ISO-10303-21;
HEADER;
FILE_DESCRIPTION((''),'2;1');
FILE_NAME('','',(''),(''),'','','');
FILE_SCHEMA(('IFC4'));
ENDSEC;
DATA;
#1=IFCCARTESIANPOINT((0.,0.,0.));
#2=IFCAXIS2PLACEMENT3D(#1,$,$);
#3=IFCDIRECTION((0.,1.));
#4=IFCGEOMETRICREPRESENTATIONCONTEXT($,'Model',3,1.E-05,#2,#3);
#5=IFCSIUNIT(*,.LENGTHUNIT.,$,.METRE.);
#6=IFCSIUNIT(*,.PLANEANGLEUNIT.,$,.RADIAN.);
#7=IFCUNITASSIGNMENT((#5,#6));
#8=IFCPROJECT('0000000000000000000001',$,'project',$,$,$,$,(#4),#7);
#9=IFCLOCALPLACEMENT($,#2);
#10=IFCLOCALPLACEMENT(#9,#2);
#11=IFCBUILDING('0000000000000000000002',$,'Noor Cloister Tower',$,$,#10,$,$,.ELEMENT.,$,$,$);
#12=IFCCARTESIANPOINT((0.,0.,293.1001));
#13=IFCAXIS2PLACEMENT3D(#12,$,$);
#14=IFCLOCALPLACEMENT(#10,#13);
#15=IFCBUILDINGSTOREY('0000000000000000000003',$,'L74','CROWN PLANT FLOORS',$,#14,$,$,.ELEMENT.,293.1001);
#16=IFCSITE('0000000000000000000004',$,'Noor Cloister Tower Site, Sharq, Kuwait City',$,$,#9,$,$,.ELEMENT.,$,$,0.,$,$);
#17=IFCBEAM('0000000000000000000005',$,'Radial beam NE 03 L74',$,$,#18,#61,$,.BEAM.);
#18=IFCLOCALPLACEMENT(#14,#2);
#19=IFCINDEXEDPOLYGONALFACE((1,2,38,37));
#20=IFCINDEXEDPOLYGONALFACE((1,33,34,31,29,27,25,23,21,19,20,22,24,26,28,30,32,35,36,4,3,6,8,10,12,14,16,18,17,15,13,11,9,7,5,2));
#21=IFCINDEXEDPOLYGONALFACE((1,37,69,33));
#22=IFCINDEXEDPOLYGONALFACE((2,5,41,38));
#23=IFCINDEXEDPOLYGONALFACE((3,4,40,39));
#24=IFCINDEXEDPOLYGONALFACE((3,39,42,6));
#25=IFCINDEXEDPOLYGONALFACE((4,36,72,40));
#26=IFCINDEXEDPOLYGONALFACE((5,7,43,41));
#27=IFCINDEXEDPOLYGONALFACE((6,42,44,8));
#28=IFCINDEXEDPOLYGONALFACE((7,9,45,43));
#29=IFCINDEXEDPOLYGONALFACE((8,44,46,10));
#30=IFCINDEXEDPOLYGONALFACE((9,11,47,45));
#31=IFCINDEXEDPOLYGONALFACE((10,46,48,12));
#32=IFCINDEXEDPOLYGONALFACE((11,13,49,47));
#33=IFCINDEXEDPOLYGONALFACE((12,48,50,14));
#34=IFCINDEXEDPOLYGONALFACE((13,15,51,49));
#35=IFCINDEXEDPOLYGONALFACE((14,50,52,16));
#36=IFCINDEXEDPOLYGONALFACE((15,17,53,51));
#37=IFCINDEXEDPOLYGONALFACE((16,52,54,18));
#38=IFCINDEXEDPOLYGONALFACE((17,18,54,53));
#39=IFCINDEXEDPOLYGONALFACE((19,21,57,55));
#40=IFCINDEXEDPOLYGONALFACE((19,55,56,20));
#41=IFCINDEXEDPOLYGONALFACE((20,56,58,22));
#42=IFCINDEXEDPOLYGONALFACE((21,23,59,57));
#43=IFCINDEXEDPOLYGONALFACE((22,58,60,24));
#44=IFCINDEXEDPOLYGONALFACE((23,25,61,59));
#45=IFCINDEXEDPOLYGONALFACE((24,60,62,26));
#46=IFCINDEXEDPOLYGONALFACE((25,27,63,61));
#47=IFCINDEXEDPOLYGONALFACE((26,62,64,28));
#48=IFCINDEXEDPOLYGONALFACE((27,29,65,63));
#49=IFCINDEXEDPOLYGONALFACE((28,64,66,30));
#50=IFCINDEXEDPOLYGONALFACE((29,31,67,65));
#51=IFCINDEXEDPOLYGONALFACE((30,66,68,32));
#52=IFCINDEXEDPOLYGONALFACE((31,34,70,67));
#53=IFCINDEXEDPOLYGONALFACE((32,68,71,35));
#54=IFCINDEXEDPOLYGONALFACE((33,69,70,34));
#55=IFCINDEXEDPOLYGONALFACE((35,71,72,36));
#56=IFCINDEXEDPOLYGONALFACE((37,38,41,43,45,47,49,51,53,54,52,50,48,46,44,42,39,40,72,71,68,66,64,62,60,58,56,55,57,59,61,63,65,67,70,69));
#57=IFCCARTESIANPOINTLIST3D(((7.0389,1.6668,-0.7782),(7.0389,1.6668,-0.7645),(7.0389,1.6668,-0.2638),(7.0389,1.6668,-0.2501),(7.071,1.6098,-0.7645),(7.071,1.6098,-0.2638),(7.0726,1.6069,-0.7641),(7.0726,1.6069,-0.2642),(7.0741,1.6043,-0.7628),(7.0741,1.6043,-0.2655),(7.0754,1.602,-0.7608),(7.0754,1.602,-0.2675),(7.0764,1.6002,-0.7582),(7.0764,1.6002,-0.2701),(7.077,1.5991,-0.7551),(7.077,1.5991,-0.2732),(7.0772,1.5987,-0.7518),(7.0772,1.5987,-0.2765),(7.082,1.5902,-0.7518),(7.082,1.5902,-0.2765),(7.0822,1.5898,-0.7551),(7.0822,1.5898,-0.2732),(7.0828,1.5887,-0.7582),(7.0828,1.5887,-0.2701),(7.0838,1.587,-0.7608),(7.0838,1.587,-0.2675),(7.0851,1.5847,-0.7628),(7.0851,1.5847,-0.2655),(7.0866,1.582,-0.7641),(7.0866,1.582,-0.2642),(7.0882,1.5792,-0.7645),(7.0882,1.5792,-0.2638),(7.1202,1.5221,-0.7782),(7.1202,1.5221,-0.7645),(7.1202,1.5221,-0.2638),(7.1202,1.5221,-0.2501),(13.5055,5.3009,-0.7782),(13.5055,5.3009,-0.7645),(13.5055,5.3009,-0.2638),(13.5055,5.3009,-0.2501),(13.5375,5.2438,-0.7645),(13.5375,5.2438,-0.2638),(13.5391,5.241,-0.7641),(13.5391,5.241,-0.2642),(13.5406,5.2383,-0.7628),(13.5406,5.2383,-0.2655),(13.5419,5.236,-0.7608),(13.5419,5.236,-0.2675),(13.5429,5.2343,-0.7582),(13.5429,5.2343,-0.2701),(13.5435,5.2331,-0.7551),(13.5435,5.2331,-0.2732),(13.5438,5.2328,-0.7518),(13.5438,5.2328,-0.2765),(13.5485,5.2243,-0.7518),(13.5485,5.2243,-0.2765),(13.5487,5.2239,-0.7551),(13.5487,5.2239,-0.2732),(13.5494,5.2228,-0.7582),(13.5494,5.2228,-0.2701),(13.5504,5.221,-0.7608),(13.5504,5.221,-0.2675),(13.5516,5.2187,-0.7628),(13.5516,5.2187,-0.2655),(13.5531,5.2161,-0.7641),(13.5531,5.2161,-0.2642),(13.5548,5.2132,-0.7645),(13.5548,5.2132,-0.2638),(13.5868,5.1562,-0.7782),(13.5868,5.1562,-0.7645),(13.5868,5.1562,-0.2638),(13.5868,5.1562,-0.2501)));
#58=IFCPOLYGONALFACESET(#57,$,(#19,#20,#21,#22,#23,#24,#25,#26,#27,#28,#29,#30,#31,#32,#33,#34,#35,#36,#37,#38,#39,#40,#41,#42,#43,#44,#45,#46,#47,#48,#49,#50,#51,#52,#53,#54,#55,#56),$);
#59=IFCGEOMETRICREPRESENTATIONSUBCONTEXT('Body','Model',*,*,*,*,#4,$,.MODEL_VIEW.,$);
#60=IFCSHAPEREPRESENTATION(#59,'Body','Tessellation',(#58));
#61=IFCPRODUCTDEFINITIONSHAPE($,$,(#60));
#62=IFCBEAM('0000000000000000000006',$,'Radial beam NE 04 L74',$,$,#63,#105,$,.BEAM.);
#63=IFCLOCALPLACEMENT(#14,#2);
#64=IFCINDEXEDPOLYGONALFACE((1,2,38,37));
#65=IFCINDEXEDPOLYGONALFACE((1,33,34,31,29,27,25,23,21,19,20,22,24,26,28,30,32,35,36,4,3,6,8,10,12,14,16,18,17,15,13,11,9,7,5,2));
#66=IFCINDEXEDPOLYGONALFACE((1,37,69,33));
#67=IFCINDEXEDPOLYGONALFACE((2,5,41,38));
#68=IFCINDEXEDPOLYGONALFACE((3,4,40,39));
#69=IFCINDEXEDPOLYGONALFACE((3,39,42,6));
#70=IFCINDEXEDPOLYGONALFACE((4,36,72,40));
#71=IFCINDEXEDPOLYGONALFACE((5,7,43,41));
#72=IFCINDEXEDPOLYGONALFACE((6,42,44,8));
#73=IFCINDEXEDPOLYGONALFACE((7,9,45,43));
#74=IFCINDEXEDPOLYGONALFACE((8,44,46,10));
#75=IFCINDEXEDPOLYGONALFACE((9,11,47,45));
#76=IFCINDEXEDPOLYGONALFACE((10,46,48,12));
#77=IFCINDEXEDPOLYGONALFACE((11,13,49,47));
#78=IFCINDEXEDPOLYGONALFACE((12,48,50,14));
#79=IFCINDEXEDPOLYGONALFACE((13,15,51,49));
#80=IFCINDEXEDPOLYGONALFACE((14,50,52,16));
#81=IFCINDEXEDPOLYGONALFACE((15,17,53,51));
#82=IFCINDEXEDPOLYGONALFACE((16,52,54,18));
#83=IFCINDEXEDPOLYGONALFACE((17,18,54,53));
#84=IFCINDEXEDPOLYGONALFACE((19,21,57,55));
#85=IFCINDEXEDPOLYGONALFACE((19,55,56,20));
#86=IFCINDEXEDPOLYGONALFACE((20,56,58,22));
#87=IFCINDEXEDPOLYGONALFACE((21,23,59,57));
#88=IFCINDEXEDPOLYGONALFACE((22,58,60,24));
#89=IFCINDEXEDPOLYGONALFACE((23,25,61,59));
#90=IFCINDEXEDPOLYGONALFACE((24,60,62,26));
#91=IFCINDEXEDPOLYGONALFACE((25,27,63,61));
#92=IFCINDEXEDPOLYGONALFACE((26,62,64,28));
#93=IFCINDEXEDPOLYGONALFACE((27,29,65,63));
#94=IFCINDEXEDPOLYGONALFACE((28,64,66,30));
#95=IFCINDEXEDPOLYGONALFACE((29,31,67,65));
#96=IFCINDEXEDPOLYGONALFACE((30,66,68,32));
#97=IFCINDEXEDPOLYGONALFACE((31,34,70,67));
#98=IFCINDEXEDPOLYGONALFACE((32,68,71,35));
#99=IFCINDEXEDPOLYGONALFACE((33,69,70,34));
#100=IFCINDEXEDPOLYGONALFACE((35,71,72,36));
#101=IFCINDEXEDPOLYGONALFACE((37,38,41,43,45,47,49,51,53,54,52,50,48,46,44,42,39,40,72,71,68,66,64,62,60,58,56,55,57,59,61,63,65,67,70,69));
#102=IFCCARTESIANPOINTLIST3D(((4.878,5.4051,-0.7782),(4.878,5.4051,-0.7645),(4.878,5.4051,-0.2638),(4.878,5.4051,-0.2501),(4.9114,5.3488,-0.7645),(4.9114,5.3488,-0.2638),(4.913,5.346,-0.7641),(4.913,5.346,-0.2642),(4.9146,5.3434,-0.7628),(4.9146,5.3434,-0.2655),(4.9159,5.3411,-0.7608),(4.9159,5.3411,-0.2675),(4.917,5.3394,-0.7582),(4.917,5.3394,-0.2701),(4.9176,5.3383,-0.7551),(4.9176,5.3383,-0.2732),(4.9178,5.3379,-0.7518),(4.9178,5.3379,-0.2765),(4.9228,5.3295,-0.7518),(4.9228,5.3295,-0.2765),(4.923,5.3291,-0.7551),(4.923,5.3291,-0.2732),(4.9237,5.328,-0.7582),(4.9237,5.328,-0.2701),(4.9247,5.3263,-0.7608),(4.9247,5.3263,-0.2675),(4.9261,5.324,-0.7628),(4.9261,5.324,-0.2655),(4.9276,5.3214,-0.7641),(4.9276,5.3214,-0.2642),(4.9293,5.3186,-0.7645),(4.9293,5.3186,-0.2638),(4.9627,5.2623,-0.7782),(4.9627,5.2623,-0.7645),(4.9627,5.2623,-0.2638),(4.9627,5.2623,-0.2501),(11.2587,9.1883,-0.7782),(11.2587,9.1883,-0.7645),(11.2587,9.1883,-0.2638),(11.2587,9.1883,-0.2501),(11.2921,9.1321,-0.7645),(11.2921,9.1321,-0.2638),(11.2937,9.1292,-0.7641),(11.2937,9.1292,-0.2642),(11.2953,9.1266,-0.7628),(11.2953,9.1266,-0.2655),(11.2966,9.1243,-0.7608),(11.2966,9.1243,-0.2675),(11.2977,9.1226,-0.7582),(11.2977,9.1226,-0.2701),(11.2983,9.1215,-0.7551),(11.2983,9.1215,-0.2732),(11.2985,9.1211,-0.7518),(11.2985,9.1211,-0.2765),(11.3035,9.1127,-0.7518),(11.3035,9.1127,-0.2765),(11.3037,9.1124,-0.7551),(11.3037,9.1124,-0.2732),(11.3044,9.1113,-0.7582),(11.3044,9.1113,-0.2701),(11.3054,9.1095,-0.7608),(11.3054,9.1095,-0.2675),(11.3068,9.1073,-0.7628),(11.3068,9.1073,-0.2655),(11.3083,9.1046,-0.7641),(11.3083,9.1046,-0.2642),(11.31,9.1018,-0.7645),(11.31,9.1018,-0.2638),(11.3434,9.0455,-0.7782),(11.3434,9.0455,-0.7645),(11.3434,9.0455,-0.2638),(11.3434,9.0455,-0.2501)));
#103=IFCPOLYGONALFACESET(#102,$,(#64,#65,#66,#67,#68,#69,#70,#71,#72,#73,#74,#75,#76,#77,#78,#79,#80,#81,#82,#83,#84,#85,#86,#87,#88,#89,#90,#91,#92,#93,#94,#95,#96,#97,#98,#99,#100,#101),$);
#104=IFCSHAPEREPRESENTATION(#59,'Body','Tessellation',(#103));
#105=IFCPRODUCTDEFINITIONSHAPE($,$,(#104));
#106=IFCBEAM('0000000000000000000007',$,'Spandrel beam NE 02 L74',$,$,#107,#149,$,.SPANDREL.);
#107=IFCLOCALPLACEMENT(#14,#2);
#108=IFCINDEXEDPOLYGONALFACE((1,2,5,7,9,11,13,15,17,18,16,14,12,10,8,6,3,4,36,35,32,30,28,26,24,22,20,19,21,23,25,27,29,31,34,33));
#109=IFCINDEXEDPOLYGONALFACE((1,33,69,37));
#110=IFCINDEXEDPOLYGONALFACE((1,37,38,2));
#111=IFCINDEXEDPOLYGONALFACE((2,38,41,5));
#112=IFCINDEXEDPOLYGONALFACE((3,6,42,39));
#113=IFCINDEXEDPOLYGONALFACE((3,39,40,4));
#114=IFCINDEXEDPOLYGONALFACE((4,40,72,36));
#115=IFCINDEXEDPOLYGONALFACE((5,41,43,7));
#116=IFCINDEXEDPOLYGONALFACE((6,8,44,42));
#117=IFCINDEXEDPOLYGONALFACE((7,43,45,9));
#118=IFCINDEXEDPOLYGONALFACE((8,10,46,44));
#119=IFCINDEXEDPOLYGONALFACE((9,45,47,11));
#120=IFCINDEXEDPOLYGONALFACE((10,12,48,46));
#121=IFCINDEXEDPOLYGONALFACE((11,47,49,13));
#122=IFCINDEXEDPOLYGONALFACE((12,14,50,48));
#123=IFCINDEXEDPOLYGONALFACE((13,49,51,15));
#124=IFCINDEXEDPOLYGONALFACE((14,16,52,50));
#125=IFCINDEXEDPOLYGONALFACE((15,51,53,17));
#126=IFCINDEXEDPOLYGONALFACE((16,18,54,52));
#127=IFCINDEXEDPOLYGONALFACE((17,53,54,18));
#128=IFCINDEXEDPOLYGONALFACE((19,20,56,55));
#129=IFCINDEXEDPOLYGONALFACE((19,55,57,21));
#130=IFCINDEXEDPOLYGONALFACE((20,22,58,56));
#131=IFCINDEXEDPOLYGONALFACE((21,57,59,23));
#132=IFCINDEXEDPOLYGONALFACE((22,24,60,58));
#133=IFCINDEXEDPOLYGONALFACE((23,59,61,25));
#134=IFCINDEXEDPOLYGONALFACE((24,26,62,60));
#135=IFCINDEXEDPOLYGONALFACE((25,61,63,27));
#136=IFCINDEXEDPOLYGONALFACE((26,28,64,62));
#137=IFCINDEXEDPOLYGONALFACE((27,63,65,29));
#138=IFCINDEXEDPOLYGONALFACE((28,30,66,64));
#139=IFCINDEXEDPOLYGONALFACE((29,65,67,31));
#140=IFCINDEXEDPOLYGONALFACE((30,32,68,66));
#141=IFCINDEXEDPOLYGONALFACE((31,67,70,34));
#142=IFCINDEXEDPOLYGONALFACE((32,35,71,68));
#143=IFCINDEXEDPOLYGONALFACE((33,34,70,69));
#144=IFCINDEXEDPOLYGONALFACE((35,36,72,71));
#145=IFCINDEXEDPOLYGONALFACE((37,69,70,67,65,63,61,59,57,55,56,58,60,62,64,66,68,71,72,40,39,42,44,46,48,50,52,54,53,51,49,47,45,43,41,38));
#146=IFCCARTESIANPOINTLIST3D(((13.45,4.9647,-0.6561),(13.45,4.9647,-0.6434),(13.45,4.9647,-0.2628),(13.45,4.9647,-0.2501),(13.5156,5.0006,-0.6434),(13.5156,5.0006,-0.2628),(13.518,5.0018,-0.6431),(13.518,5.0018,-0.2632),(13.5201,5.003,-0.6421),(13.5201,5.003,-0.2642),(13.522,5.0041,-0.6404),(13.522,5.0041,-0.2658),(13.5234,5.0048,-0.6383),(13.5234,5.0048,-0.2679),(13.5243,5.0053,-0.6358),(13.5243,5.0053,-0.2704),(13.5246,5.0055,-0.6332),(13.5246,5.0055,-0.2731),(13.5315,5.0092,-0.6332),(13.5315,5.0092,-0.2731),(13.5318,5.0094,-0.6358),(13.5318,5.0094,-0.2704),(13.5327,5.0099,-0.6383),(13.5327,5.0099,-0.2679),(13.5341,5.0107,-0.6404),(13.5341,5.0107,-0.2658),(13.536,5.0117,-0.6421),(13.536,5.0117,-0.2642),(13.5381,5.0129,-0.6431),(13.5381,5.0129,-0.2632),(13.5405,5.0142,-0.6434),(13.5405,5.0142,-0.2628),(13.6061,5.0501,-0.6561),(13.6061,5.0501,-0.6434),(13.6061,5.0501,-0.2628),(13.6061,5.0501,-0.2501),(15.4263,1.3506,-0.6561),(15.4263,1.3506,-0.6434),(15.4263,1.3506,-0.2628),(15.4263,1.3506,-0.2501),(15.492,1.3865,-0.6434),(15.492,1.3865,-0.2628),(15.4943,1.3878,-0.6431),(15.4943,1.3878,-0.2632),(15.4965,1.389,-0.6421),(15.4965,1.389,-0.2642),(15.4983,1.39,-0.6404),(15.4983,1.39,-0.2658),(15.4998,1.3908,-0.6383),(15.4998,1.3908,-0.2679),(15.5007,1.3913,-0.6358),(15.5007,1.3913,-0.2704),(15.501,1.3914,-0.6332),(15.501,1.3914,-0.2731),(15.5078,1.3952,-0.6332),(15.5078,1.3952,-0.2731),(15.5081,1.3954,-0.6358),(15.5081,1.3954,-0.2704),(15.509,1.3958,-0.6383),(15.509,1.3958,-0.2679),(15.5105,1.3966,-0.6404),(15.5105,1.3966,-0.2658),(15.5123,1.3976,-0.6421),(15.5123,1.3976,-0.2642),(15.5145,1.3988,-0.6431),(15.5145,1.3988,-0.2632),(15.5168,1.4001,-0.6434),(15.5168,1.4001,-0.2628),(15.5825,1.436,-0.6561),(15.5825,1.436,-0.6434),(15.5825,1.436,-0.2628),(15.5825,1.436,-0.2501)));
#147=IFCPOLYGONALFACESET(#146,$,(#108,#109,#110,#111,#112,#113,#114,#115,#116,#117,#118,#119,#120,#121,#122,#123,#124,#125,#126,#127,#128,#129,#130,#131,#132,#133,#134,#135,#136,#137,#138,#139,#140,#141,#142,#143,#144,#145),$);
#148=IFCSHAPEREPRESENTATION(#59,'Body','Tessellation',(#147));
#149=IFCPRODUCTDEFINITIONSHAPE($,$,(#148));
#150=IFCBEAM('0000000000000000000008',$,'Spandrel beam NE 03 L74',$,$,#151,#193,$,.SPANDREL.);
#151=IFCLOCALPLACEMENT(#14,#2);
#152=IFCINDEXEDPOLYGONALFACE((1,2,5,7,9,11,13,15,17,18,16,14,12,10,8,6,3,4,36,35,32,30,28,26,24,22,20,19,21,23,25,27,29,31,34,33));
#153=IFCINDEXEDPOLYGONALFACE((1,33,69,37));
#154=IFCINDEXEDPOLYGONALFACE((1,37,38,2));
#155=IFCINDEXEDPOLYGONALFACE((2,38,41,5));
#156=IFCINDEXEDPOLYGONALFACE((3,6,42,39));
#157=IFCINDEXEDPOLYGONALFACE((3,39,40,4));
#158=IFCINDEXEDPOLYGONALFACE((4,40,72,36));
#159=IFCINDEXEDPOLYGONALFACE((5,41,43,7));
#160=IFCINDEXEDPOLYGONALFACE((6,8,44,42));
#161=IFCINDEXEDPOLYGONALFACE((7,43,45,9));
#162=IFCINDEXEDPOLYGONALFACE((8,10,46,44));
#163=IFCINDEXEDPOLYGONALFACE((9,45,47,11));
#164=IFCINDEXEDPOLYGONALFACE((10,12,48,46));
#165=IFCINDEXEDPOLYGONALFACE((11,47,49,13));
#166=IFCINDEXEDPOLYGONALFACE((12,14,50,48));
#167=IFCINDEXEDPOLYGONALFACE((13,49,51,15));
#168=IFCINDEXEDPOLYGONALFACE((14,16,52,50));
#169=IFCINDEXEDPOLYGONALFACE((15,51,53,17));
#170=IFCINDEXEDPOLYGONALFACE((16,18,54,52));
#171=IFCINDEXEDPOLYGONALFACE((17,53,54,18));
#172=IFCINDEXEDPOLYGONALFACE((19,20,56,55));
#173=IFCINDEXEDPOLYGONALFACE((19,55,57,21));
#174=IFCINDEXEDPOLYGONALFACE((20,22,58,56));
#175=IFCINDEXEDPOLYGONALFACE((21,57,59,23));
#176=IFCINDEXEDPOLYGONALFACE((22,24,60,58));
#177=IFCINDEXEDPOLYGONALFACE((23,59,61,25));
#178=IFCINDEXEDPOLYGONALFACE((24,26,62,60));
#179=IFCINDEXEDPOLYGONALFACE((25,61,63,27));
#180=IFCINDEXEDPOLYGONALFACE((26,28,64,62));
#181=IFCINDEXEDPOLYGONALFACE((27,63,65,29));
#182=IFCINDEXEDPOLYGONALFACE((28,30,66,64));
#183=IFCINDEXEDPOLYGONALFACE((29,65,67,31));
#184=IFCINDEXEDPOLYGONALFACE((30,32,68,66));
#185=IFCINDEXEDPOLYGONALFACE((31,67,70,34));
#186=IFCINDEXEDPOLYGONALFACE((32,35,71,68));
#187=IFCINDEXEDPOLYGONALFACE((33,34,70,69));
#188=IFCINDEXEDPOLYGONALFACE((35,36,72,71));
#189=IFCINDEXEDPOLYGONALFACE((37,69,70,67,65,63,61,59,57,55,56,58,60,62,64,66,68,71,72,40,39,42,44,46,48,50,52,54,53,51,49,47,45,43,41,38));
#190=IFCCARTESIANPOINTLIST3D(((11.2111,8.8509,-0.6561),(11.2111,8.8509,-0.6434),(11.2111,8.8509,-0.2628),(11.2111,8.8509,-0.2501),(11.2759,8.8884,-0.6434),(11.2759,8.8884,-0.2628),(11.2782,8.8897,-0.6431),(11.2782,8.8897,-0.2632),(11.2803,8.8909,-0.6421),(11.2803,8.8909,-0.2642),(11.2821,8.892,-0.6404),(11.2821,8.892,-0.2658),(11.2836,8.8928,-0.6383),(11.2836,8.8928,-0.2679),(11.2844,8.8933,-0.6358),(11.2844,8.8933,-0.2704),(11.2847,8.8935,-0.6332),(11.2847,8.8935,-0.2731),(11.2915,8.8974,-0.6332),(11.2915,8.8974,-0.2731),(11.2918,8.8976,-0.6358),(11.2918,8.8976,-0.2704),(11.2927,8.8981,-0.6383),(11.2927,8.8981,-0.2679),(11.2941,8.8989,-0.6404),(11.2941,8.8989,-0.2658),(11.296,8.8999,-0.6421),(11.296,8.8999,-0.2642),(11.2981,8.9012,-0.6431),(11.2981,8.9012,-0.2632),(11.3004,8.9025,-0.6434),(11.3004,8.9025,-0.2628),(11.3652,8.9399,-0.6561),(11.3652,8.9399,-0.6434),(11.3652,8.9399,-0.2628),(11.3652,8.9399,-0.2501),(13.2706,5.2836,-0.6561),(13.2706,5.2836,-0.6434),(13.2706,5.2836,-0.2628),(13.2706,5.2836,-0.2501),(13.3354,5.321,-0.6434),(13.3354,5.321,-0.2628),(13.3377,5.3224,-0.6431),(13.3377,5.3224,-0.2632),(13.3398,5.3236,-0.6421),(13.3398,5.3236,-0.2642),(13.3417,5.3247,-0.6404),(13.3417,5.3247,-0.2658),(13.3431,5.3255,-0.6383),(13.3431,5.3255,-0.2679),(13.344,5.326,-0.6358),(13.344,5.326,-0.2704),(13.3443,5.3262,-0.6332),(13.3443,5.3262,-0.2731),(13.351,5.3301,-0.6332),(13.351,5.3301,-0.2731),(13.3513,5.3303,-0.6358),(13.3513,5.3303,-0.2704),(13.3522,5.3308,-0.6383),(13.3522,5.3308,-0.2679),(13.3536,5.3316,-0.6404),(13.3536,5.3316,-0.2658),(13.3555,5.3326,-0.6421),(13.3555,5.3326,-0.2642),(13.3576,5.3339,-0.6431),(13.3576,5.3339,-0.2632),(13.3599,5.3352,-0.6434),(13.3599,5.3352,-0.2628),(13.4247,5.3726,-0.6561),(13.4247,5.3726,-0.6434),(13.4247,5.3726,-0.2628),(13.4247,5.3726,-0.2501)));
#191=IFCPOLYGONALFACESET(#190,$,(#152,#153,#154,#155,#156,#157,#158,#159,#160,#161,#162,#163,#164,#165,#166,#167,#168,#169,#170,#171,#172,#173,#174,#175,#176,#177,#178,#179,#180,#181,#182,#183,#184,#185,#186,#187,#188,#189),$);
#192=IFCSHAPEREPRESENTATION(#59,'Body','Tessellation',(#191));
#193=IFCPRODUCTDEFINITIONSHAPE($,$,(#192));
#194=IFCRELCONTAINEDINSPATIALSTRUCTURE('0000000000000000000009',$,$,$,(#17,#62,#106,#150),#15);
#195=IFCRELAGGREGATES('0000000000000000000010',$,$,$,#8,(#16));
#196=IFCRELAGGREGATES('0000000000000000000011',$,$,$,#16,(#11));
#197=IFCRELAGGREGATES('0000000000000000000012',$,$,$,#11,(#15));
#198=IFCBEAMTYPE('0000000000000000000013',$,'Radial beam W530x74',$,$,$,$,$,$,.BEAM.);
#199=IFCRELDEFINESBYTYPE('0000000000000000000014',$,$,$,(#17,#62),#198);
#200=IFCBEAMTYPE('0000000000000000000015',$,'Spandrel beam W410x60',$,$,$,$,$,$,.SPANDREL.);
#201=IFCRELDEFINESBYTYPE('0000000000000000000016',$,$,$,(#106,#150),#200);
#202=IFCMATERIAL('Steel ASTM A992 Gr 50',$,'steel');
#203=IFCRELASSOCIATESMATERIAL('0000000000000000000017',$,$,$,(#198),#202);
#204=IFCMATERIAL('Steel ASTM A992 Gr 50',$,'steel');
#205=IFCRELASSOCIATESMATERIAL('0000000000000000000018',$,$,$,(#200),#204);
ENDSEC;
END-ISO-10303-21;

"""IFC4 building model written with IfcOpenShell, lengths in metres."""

from ifc_helpers import new_model, si_unit, direction, frame, origin, origin_2d, place, context, subcontext, project, spatial, i_section, extrude, material, material_profile, profile_set, type_object, element, save


model = new_model("IFC4")

# Units and contexts
model_context = context("Model", 3, precision=1e-05, world=origin(), true_north=direction((0.0, 1.0)))
body_context = subcontext(model_context, "Body", "Model", "MODEL_VIEW")
ifc_project = project(units=[si_unit("LENGTHUNIT", "METRE"), si_unit("PLANEANGLEUNIT", "RADIAN")], contexts=[model_context])

# Site, building, storey
site_placement = place(None, origin())
site = spatial("IfcSite", under=ifc_project, at=site_placement, Name="Noor Cloister Tower Site, Sharq, Kuwait City", CompositionType="ELEMENT", RefElevation=0.0)
building_placement = place(site_placement, origin())
building = spatial("IfcBuilding", under=site, at=building_placement, Name="Noor Cloister Tower", CompositionType="ELEMENT")
storey_placement = place(building_placement, frame((0.0, 0.0, 293.1001)))
storey = spatial("IfcBuildingStorey", under=building, at=storey_placement, Name="L74", Description="CROWN PLANT FLOORS", CompositionType="ELEMENT", Elevation=293.1001)

# Beams
ifc_material_1 = material(Name="Steel ASTM A992 Gr 50", Category="steel")
ifc_material_profile_1 = material_profile(ifc_material_1, i_section(OverallWidth=0.166, OverallDepth=0.5281, WebThickness=0.0098, FlangeThickness=0.0137, FilletRadius=0.0127, at=origin_2d()), Name="W530x74")
ifc_profile_set_1 = profile_set([ifc_material_profile_1], Name="Steel ASTM A992 Gr 50")
beam_type_1 = type_object("IfcBeamType", Name="Radial beam W530x74", PredefinedType="BEAM", material=ifc_profile_set_1)
beam_1_placement = place(storey_placement, frame((13.5461, 5.2285, -0.5142), z_axis=(-0.871771, -0.489913, 0.0), x_axis=(0.489913, -0.871771, 0.0)))
element("IfcBeam", 1, at=beam_1_placement, inside=storey, type_object=beam_type_1, Name="Radial beam NE 03 L74", PredefinedType="BEAM", context=body_context, shape_type="SweptSolid", body=[
    extrude(i_section(OverallWidth=0.166, OverallDepth=0.5281, WebThickness=0.0098, FlangeThickness=0.0137, FilletRadius=0.0127, at=origin_2d()), origin(), (0.0, 0.0, 1.0), 7.4177),
])
beam_2_placement = place(storey_placement, frame((11.301, 9.1169, -0.5142), z_axis=(-0.860167, -0.510012, 0.0), x_axis=(0.510012, -0.860167, 0.0)))
element("IfcBeam", 2, at=beam_2_placement, inside=storey, type_object=beam_type_1, Name="Radial beam NE 04 L74", PredefinedType="BEAM", context=body_context, shape_type="SweptSolid", body=[
    extrude(i_section(OverallWidth=0.166, OverallDepth=0.5281, WebThickness=0.0098, FlangeThickness=0.0137, FilletRadius=0.0127, at=origin_2d()), origin(), (0.0, 0.0, 1.0), 7.418),
])
ifc_material_2 = material(Name="Steel ASTM A992 Gr 50", Category="steel")
ifc_material_profile_2 = material_profile(ifc_material_2, i_section(OverallWidth=0.178, OverallDepth=0.406, WebThickness=0.0078, FlangeThickness=0.0127, FilletRadius=0.0103, at=origin_2d()), Name="W410x60")
ifc_profile_set_2 = profile_set([ifc_material_profile_2], Name="Steel ASTM A992 Gr 50")
beam_type_2 = type_object("IfcBeamType", Name="Spandrel beam W410x60", PredefinedType="SPANDREL", material=ifc_profile_set_2)
for number, where, z_axis, x_axis, name in (
    (3, (15.5044, 1.3933, -0.4531), (-0.479795, 0.877381, 0.0), (-0.877381, -0.479795, 0.0), "Spandrel beam NE 02 L74"),
    (4, (13.3477, 5.3281, -0.4531), (-0.499989, 0.866032, 0.0), (-0.866032, -0.499989, 0.0), "Spandrel beam NE 03 L74"),
):
    element("IfcBeam", number, at=place(storey_placement, frame(where, z_axis=z_axis, x_axis=x_axis)), inside=storey, type_object=beam_type_2, Name=name, PredefinedType="SPANDREL", context=body_context, shape_type="SweptSolid", body=[
        extrude(i_section(OverallWidth=0.178, OverallDepth=0.406, WebThickness=0.0078, FlangeThickness=0.0127, FilletRadius=0.0103, at=origin_2d()), origin(), (0.0, 0.0, 1.0), 4.1191),
    ])

save(model, "model.ifc")
